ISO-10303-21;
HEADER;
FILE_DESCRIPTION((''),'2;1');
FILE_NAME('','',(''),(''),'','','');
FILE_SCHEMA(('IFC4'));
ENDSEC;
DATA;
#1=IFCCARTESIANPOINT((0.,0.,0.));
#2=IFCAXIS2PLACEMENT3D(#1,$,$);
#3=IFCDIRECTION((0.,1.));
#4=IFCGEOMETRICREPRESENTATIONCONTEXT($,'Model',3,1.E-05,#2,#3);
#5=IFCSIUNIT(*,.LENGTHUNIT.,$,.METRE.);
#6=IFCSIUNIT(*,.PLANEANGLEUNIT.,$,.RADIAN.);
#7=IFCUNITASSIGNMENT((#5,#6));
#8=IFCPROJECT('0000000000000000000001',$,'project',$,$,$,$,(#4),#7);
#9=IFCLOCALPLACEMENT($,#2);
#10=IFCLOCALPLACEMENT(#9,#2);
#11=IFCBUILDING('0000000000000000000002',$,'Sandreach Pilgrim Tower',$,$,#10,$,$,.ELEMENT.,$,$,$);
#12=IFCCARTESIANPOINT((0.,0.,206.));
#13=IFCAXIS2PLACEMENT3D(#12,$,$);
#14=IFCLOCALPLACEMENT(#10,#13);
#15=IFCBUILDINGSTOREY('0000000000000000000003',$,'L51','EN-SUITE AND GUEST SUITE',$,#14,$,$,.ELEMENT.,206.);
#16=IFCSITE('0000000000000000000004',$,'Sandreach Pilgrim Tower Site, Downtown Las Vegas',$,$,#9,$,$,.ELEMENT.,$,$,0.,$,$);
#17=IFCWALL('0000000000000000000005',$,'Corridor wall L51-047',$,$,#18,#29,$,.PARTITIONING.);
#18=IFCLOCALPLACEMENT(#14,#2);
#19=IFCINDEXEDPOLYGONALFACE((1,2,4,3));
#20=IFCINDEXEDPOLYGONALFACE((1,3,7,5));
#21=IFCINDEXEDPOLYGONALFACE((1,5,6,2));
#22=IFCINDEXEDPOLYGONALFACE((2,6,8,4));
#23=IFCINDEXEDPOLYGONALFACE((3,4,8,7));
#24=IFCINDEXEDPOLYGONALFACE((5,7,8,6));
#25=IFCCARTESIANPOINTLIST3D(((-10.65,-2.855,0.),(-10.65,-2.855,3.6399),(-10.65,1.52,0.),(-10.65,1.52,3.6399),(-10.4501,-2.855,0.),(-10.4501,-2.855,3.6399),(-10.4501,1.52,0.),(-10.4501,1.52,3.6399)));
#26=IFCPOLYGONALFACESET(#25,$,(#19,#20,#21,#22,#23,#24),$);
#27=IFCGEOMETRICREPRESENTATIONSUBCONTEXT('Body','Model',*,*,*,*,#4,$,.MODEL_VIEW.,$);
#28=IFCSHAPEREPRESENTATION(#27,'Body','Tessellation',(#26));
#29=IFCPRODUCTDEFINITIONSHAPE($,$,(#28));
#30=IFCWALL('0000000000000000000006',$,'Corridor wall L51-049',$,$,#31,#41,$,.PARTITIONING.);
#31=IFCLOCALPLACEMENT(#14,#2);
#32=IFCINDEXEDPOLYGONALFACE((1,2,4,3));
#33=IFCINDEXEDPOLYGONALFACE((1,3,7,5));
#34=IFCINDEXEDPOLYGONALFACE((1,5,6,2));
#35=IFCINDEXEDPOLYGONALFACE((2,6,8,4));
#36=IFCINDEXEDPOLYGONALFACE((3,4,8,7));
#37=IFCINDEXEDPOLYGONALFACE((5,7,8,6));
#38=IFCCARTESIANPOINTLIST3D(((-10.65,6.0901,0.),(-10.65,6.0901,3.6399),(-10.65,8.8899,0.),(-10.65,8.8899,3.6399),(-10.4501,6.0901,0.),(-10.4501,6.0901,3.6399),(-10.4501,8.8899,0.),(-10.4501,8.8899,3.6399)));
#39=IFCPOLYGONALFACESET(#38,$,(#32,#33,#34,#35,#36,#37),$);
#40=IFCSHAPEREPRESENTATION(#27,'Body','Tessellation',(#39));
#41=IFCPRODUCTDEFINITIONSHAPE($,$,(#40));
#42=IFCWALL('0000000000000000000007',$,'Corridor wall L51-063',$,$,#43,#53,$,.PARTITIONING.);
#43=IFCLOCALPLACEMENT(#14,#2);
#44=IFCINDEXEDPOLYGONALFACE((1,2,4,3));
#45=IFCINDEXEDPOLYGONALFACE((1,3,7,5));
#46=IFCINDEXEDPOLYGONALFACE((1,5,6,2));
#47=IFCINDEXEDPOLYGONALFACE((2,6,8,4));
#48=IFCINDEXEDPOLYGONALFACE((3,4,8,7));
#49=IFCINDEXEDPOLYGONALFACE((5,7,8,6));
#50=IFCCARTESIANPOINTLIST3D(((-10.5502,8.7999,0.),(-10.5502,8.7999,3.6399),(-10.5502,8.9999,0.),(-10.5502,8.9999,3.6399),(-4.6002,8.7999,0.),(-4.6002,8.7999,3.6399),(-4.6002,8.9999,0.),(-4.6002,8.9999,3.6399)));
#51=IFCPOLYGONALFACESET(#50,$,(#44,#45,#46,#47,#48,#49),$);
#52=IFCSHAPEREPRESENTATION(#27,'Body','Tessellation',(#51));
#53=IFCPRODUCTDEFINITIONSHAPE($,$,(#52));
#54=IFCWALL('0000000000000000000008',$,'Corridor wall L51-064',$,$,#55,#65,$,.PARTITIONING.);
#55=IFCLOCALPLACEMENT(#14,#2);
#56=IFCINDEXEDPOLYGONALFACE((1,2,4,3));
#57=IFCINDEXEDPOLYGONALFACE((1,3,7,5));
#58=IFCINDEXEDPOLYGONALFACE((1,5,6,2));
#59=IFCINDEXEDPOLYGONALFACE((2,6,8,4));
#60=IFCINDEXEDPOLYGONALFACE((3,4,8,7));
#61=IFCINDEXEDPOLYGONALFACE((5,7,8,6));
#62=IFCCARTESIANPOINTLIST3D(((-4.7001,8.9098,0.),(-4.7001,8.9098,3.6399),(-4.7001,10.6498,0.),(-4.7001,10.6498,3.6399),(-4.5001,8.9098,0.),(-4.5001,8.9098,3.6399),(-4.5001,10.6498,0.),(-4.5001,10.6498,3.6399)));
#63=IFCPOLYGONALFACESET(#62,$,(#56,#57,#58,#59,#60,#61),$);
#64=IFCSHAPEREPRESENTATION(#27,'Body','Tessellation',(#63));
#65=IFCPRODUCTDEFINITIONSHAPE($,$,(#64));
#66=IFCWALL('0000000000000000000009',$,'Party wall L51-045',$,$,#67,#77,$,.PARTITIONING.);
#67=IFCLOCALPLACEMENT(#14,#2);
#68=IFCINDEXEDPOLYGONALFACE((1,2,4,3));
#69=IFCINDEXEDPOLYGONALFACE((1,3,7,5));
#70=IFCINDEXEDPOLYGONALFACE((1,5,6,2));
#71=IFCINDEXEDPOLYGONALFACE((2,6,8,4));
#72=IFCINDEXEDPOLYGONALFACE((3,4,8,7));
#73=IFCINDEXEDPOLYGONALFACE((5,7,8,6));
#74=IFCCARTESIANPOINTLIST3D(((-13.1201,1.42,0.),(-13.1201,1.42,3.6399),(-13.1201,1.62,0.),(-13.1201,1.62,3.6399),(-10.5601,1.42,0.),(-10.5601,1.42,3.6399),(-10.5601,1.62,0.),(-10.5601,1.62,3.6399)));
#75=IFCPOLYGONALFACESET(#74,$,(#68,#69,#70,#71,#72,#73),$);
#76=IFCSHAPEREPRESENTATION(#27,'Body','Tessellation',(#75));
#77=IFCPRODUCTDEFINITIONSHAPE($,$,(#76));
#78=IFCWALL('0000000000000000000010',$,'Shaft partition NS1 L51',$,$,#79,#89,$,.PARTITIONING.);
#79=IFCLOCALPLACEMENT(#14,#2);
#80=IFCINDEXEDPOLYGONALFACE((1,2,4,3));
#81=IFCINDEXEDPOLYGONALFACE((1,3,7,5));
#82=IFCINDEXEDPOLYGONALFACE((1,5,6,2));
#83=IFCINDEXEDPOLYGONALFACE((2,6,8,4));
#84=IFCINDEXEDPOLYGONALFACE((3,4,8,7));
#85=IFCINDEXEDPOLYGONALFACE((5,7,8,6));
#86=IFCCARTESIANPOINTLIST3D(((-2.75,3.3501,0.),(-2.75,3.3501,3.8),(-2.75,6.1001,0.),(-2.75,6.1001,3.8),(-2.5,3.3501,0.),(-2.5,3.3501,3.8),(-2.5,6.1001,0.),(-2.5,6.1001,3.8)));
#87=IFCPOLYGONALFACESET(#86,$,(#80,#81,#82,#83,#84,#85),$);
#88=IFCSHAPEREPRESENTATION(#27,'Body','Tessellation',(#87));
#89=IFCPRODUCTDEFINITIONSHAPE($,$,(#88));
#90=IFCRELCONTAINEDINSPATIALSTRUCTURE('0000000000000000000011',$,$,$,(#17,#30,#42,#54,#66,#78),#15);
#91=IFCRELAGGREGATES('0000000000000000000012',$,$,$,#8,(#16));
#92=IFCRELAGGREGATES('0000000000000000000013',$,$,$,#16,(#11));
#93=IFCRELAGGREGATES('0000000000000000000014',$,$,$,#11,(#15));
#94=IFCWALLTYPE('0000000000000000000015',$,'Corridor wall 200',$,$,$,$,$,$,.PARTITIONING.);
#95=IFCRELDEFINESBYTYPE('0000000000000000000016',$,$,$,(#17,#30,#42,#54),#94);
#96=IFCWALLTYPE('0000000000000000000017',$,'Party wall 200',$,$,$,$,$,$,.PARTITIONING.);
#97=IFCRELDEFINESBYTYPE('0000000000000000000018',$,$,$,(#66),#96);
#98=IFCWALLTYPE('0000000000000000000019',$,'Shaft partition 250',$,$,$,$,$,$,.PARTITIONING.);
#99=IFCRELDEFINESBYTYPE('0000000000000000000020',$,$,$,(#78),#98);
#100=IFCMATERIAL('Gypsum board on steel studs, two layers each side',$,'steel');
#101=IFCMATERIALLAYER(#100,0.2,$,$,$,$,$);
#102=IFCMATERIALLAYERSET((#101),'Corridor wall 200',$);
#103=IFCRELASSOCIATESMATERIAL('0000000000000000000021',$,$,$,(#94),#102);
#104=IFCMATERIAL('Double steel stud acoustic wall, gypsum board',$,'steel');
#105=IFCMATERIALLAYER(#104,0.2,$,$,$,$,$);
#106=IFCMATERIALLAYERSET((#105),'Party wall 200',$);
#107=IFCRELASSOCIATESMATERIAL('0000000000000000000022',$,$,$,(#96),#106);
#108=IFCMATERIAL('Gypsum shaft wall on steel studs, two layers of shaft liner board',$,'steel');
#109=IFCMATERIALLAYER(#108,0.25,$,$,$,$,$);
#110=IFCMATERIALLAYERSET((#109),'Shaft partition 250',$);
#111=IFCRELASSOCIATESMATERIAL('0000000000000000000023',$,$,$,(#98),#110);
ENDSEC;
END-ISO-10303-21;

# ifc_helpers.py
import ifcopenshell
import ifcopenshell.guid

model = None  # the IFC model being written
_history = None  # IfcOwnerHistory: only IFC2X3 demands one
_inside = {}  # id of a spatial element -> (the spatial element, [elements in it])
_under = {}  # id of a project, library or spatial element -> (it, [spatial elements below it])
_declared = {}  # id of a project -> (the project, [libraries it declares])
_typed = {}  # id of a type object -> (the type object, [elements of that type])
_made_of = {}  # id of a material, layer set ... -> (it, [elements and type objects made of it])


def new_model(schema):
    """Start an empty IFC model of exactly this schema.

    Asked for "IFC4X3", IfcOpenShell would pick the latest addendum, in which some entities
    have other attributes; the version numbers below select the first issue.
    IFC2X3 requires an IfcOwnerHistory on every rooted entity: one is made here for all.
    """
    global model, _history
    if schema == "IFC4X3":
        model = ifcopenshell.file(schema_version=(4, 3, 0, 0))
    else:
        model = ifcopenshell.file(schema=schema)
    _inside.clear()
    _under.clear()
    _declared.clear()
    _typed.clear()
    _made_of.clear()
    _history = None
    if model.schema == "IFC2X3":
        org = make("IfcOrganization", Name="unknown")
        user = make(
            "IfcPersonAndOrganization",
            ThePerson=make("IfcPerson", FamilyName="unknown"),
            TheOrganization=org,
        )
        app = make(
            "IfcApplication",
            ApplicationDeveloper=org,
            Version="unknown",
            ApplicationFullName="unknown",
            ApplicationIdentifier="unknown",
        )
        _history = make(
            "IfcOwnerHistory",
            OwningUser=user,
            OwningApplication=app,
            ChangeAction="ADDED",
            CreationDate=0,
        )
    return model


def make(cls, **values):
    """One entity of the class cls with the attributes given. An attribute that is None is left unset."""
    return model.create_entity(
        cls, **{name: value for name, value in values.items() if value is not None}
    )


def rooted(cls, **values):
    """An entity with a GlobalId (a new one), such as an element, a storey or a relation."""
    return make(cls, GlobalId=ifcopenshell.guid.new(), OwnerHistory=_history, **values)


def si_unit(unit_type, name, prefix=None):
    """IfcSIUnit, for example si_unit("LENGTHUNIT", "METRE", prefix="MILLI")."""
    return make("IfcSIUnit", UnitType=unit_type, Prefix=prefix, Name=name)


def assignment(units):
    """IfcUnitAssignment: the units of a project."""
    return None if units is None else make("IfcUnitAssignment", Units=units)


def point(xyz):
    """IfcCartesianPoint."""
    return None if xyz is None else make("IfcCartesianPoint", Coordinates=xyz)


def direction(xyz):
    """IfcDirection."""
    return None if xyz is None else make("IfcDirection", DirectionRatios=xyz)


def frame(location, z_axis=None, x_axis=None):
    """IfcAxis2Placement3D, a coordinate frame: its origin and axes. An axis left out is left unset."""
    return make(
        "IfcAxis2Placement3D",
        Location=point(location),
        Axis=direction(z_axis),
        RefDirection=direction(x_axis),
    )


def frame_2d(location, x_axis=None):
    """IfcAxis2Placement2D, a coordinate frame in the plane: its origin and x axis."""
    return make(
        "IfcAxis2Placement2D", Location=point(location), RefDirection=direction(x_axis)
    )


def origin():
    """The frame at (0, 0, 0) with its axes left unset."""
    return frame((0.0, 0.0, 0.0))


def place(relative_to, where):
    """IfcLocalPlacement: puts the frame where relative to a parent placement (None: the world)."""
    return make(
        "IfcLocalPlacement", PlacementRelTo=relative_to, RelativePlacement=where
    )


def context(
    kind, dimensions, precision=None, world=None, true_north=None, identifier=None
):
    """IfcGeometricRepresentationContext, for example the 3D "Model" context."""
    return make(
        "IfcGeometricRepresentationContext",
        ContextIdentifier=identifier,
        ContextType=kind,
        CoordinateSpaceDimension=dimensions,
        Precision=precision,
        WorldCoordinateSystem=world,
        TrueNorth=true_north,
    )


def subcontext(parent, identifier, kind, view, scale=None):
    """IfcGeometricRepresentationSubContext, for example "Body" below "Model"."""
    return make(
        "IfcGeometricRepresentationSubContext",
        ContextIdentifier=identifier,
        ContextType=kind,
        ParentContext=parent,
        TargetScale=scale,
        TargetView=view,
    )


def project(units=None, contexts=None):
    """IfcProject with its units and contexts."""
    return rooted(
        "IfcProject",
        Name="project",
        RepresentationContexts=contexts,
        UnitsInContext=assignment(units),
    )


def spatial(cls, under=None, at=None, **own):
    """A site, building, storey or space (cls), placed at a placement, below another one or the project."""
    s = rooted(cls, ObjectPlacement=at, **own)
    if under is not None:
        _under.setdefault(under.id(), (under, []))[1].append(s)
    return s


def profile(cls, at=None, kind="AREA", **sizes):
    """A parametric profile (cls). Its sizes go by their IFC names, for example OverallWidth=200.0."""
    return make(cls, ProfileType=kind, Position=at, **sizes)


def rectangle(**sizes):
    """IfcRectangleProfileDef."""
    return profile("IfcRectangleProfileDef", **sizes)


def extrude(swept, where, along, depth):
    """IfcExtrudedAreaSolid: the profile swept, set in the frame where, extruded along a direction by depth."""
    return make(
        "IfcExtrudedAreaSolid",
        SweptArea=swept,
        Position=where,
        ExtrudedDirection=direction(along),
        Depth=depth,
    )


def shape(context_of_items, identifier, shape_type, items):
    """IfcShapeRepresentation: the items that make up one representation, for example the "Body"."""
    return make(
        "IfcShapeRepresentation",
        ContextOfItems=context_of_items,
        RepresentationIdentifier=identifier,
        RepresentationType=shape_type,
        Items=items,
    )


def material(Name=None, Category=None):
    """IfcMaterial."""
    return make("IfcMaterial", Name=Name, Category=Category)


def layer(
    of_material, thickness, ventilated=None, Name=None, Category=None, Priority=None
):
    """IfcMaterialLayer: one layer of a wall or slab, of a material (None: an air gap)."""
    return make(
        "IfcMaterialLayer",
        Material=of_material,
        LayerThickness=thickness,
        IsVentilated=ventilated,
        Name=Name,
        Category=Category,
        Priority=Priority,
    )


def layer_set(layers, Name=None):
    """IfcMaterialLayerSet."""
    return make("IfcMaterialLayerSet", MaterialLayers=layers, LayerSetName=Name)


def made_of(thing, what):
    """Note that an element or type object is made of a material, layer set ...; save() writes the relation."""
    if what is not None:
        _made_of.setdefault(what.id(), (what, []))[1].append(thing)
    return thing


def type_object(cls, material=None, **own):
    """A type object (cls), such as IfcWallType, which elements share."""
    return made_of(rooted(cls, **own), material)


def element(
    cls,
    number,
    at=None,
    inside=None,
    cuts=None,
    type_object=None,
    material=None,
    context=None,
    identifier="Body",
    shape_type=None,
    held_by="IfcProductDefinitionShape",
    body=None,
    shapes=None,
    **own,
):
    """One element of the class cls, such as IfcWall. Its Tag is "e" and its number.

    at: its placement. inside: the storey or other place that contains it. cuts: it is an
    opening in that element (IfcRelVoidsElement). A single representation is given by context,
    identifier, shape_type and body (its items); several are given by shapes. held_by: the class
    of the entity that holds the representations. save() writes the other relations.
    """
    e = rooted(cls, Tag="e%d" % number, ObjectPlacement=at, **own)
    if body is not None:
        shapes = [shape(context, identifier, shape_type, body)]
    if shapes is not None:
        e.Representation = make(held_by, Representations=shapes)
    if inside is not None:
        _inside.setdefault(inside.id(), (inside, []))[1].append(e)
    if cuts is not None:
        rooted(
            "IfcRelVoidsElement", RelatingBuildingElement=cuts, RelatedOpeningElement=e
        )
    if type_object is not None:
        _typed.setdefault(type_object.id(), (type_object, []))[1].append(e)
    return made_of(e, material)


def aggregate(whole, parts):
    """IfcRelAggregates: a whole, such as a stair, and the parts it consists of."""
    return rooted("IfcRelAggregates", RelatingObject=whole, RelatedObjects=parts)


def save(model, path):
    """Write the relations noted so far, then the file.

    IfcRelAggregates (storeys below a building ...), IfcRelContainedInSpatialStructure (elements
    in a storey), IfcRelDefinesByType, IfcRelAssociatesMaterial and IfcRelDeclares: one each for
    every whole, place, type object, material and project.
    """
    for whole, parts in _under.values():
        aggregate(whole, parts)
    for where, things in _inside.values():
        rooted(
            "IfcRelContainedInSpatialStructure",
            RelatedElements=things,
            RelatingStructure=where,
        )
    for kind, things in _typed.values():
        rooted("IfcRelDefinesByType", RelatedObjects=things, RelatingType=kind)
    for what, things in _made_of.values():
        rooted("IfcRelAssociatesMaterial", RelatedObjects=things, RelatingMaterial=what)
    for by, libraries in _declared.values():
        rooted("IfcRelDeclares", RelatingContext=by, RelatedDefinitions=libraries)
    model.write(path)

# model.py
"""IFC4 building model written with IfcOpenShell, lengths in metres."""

from ifc_helpers import new_model, si_unit, direction, frame, frame_2d, origin, place, context, subcontext, project, spatial, rectangle, extrude, material, layer, layer_set, type_object, element, save


model = new_model("IFC4")

# Units and contexts
model_context = context("Model", 3, precision=1e-05, world=origin(), true_north=direction((0.0, 1.0)))
body_context = subcontext(model_context, "Body", "Model", "MODEL_VIEW")
ifc_project = project(units=[si_unit("LENGTHUNIT", "METRE"), si_unit("PLANEANGLEUNIT", "RADIAN")], contexts=[model_context])

# Site, building, storey
site_placement = place(None, origin())
site = spatial("IfcSite", under=ifc_project, at=site_placement, Name="Sandreach Pilgrim Tower Site, Downtown Las Vegas", CompositionType="ELEMENT", RefElevation=0.0)
building_placement = place(site_placement, origin())
building = spatial("IfcBuilding", under=site, at=building_placement, Name="Sandreach Pilgrim Tower", CompositionType="ELEMENT")
storey_placement = place(building_placement, frame((0.0, 0.0, 206.0)))
storey = spatial("IfcBuildingStorey", under=building, at=storey_placement, Name="L51", Description="EN-SUITE AND GUEST SUITE", CompositionType="ELEMENT", Elevation=206.0)

# Shared definitions
ifc_material_1 = material(Name="Gypsum board on steel studs, two layers each side", Category="steel")
ifc_layer_1 = layer(ifc_material_1, 0.2)
ifc_layer_set_1 = layer_set([ifc_layer_1], Name="Corridor wall 200")
wall_type_1 = type_object("IfcWallType", Name="Corridor wall 200", PredefinedType="PARTITIONING", material=ifc_layer_set_1)

# Wall
wall_1_placement = place(storey_placement, frame((-10.55, 1.52, 0.0), z_axis=(0.0, 0.0, 1.0), x_axis=(0.0, -1.0, 0.0)))
element("IfcWall", 1, at=wall_1_placement, inside=storey, type_object=wall_type_1, Name="Corridor wall L51-047", PredefinedType="PARTITIONING", context=body_context, shape_type="SweptSolid", body=[
    extrude(rectangle(XDim=4.375, YDim=0.2, at=frame_2d((2.1875, 0.0))), origin(), (0.0, 0.0, 1.0), 3.6399),
])

# Wall
wall_2_placement = place(storey_placement, frame((-10.55, 8.8899, 0.0), z_axis=(0.0, 0.0, 1.0), x_axis=(0.0, -1.0, 0.0)))
element("IfcWall", 2, at=wall_2_placement, inside=storey, type_object=wall_type_1, Name="Corridor wall L51-049", PredefinedType="PARTITIONING", context=body_context, shape_type="SweptSolid", body=[
    extrude(rectangle(XDim=2.7998, YDim=0.2, at=frame_2d((1.3999, 0.0))), origin(), (0.0, 0.0, 1.0), 3.6399),
])

# Walls
wall_3_placement = place(storey_placement, frame((-4.6001, 8.8999, 0.0), z_axis=(0.0, 0.0, 1.0), x_axis=(-1.0, 0.0, 0.0)))
element("IfcWall", 3, at=wall_3_placement, inside=storey, type_object=wall_type_1, Name="Corridor wall L51-063", PredefinedType="PARTITIONING", context=body_context, shape_type="SweptSolid", body=[
    extrude(rectangle(XDim=5.95, YDim=0.2, at=frame_2d((2.9751, 0.0))), origin(), (0.0, 0.0, 1.0), 3.6399),
])
wall_4_placement = place(storey_placement, frame((-4.6001, 10.6499, 0.0), z_axis=(0.0, 0.0, 1.0), x_axis=(0.0, -1.0, 0.0)))
element("IfcWall", 4, at=wall_4_placement, inside=storey, type_object=wall_type_1, Name="Corridor wall L51-064", PredefinedType="PARTITIONING", context=body_context, shape_type="SweptSolid", body=[
    extrude(rectangle(XDim=1.74, YDim=0.2, at=frame_2d((0.8701, 0.0))), origin(), (0.0, 0.0, 1.0), 3.6399),
])

# Walls
ifc_material_2 = material(Name="Double steel stud acoustic wall, gypsum board", Category="steel")
ifc_layer_2 = layer(ifc_material_2, 0.2)
ifc_layer_set_2 = layer_set([ifc_layer_2], Name="Party wall 200")
wall_type_2 = type_object("IfcWallType", Name="Party wall 200", PredefinedType="PARTITIONING", material=ifc_layer_set_2)
wall_5_placement = place(storey_placement, frame((-10.5601, 1.52, 0.0), z_axis=(0.0, 0.0, 1.0), x_axis=(-1.0, 0.0, 0.0)))
element("IfcWall", 5, at=wall_5_placement, inside=storey, type_object=wall_type_2, Name="Party wall L51-045", PredefinedType="PARTITIONING", context=body_context, shape_type="SweptSolid", body=[
    extrude(rectangle(XDim=2.5601, YDim=0.2, at=frame_2d((1.28, 0.0))), origin(), (0.0, 0.0, 1.0), 3.6399),
])
ifc_material_3 = material(Name="Gypsum shaft wall on steel studs, two layers of shaft liner board", Category="steel")
ifc_layer_3 = layer(ifc_material_3, 0.25)
ifc_layer_set_3 = layer_set([ifc_layer_3], Name="Shaft partition 250")
wall_type_3 = type_object("IfcWallType", Name="Shaft partition 250", PredefinedType="PARTITIONING", material=ifc_layer_set_3)
wall_6_placement = place(storey_placement, frame((-2.625, 3.3501, 0.0), z_axis=(0.0, 0.0, 1.0), x_axis=(0.0, 1.0, 0.0)))
element("IfcWall", 6, at=wall_6_placement, inside=storey, type_object=wall_type_3, Name="Shaft partition NS1 L51", PredefinedType="PARTITIONING", context=body_context, shape_type="SweptSolid", body=[
    extrude(rectangle(XDim=2.75, YDim=0.25, at=frame_2d((1.375, 0.0))), origin(), (0.0, 0.0, 1.0), 3.8),
])

save(model, "model.ifc")
